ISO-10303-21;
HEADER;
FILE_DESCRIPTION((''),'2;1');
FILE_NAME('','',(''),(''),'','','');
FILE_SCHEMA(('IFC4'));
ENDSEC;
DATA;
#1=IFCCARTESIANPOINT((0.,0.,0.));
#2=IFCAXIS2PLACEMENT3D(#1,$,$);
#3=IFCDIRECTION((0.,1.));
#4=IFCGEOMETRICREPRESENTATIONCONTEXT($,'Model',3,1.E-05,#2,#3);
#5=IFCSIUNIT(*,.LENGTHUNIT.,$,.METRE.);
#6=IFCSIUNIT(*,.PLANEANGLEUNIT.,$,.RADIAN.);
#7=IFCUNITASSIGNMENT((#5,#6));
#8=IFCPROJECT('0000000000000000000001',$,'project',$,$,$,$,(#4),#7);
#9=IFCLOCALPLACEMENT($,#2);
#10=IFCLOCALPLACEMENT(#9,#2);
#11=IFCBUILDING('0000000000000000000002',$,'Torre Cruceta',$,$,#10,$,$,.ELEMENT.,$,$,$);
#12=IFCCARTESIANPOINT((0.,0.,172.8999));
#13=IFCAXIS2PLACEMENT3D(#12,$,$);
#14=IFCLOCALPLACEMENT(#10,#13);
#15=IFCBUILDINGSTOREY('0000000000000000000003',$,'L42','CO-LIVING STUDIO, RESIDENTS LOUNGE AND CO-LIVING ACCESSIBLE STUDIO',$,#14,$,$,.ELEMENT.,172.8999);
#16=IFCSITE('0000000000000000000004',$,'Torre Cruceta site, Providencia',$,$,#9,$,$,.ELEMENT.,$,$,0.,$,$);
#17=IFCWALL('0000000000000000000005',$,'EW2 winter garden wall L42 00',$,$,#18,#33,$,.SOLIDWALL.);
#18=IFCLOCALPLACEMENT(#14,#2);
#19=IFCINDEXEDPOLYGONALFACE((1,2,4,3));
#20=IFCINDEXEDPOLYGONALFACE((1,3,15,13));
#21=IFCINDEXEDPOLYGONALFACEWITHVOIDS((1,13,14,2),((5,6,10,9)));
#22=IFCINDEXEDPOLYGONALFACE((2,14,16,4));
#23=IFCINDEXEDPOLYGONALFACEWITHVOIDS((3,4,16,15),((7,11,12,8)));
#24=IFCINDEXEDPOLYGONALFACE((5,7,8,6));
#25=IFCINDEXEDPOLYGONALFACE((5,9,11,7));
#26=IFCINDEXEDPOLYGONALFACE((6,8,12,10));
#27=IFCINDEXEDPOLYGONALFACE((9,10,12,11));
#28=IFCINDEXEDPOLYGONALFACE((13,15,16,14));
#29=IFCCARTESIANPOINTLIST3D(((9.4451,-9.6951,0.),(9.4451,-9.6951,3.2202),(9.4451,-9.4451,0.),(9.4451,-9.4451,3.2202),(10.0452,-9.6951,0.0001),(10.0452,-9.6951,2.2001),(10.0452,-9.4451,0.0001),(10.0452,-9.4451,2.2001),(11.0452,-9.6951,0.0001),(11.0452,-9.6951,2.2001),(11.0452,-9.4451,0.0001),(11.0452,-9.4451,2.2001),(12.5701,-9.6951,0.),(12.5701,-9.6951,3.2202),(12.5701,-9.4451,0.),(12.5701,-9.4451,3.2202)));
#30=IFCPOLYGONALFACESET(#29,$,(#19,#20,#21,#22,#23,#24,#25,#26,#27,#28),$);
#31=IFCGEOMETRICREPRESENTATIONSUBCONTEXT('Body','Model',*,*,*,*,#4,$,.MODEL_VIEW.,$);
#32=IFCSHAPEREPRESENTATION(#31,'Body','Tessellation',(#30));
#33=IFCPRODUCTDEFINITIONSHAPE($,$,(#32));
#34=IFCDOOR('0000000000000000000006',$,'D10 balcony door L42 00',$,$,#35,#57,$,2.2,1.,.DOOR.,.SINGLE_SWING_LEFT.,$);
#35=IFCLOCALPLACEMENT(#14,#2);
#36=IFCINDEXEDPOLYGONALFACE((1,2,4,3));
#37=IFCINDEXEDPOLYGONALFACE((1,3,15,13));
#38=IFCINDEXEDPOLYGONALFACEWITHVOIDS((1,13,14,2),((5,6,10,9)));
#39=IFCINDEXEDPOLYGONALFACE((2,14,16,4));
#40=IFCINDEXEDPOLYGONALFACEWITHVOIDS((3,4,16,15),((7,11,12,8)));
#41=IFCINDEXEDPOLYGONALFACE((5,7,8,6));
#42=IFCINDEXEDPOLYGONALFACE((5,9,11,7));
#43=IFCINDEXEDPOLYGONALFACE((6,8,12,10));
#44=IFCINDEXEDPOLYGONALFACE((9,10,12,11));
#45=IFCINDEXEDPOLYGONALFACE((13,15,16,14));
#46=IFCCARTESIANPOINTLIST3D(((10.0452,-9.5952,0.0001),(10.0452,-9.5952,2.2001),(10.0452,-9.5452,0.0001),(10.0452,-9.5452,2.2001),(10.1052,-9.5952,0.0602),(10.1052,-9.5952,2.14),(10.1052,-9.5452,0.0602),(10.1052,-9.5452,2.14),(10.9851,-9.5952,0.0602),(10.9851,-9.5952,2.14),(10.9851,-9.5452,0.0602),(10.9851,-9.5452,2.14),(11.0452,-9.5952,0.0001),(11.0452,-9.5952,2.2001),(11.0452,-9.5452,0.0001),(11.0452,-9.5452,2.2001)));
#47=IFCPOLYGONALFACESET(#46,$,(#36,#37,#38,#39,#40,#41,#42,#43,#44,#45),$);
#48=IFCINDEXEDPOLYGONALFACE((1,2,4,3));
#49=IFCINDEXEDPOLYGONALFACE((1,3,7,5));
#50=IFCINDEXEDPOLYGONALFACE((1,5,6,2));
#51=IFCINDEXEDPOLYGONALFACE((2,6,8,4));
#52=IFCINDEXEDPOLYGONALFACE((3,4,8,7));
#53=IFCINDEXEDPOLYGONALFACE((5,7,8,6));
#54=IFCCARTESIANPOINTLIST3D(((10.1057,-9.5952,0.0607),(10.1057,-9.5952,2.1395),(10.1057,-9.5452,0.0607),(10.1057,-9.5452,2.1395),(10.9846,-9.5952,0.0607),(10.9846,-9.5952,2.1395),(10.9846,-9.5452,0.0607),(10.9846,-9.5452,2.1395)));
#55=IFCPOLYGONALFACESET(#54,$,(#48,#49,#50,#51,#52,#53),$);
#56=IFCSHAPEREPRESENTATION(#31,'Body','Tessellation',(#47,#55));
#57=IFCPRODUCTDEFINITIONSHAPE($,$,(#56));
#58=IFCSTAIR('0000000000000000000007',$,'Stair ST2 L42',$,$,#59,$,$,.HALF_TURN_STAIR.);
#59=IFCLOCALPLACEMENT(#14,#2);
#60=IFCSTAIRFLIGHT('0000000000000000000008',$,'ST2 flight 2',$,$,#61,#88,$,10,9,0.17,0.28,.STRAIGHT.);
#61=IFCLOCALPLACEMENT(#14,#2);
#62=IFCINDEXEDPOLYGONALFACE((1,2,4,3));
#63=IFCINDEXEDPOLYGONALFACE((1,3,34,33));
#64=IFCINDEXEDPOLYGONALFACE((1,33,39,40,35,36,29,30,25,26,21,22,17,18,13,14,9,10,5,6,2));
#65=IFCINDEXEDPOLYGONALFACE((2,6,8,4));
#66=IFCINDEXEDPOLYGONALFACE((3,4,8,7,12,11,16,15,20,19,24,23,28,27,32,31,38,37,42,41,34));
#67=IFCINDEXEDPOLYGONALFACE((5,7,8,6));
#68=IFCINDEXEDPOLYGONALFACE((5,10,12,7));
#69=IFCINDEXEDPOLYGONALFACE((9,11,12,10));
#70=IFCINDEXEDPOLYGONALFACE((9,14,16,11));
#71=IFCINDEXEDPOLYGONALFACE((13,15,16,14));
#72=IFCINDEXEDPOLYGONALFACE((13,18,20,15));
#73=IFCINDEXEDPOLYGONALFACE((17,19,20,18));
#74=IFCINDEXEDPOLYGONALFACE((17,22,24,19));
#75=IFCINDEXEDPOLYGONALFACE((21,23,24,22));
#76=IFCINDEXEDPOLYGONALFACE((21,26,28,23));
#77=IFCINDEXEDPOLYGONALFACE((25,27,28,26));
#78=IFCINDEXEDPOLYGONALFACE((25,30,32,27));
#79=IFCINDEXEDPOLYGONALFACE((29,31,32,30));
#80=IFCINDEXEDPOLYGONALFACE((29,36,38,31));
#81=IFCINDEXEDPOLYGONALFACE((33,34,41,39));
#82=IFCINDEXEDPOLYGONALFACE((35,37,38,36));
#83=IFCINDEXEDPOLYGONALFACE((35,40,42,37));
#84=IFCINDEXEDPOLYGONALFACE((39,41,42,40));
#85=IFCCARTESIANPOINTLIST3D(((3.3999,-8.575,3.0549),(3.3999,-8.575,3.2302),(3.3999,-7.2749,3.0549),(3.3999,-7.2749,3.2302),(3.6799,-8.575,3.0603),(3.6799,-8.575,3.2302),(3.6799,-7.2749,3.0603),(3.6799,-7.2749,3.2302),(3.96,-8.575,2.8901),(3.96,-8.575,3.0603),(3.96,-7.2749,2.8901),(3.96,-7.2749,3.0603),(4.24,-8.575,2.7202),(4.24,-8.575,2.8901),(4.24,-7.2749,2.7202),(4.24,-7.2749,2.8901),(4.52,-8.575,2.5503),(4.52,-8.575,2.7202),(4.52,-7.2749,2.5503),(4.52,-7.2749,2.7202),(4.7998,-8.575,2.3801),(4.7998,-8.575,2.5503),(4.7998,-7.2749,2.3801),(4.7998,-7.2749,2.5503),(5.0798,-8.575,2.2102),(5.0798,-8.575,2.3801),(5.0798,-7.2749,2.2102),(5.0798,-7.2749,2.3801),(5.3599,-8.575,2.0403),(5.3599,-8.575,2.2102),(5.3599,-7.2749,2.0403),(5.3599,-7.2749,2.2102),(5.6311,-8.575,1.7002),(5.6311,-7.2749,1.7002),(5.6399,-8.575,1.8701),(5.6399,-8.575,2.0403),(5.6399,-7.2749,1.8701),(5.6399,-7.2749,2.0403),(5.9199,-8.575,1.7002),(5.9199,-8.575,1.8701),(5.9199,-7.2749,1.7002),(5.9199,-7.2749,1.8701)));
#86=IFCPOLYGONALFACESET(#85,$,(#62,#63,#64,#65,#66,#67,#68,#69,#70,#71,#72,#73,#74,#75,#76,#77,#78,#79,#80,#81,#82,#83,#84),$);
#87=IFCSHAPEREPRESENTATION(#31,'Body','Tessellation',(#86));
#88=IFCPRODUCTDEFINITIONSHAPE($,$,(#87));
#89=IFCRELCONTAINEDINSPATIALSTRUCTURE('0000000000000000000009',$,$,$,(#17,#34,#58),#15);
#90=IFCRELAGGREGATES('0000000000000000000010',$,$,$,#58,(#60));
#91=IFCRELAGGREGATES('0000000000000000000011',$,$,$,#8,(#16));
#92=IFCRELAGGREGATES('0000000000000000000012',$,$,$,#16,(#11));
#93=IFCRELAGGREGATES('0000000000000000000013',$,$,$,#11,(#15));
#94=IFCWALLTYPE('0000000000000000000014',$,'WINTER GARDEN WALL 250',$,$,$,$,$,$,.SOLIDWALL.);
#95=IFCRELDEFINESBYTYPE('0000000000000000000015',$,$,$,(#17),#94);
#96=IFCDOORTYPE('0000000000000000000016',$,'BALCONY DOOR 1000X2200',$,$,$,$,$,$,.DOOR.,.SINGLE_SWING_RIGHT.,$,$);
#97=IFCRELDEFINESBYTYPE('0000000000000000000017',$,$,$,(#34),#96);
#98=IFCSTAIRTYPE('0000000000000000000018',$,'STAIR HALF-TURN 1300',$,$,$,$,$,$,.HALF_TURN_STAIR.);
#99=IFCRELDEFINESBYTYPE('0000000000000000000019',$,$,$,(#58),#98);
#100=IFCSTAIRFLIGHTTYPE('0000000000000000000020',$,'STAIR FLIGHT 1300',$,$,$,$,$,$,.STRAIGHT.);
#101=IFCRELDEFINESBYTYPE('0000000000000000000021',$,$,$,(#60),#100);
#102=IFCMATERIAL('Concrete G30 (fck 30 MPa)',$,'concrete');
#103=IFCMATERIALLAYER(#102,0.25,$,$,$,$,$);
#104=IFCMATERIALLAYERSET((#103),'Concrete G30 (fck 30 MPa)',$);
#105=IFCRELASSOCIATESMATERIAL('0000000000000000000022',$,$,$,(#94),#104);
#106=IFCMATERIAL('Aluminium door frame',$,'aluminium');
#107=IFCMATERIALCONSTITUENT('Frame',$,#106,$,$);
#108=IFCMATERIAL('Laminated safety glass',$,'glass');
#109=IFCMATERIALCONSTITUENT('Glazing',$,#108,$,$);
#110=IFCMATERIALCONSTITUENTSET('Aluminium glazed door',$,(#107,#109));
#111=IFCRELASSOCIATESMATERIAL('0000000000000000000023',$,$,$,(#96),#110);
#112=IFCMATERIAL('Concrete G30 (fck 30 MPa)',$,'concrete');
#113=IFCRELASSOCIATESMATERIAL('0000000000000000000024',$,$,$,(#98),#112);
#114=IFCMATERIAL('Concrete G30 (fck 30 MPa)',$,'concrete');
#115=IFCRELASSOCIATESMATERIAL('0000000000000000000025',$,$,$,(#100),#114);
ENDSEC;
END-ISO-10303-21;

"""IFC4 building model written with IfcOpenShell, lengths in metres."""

from ifc_helpers import new_model, si_unit, direction, frame, frame_2d, origin, place, context, subcontext, project, spatial, polyline, rectangle, hollow_rectangle, outline, extrude, material, layer, layer_set, constituent, constituent_set, type_object, element, fill, aggregate, save


model = new_model("IFC4")

# Units and contexts
model_context = context("Model", 3, precision=1e-05, world=origin(), true_north=direction((0.0, 1.0)))
body_context = subcontext(model_context, "Body", "Model", "MODEL_VIEW")
ifc_project = project(units=[si_unit("LENGTHUNIT", "METRE"), si_unit("PLANEANGLEUNIT", "RADIAN")], contexts=[model_context])

# Site, building, storey
site_placement = place(None, origin())
site = spatial("IfcSite", under=ifc_project, at=site_placement, Name="Torre Cruceta site, Providencia", CompositionType="ELEMENT", RefElevation=0.0)
building_placement = place(site_placement, origin())
building = spatial("IfcBuilding", under=site, at=building_placement, Name="Torre Cruceta", CompositionType="ELEMENT")
storey_placement = place(building_placement, frame((0.0, 0.0, 172.8999)))
storey = spatial("IfcBuildingStorey", under=building, at=storey_placement, Name="L42", Description="CO-LIVING STUDIO, RESIDENTS LOUNGE AND CO-LIVING ACCESSIBLE STUDIO", CompositionType="ELEMENT", Elevation=172.8999)

# Wall, opening, door
ifc_material_1 = material(Name="Concrete G30 (fck 30 MPa)", Category="concrete")
ifc_layer_1 = layer(ifc_material_1, 0.25)
ifc_layer_set_1 = layer_set([ifc_layer_1], Name="Concrete G30 (fck 30 MPa)")
wall_type_1 = type_object("IfcWallType", Name="WINTER GARDEN WALL 250", PredefinedType="SOLIDWALL", material=ifc_layer_set_1)
wall_1_placement = place(storey_placement, frame((9.4451, -9.5701, 0.0), z_axis=(0.0, 0.0, 1.0), x_axis=(1.0, 0.0, 0.0)))
wall_1 = element("IfcWall", 1, at=wall_1_placement, inside=storey, type_object=wall_type_1, Name="EW2 winter garden wall L42 00", PredefinedType="SOLIDWALL", context=body_context, shape_type="SweptSolid", body=[
    extrude(rectangle(XDim=3.125, YDim=0.25, at=frame_2d((1.5625, 0.0))), origin(), (0.0, 0.0, 1.0), 3.2202),
])
opening_1_placement = place(wall_1_placement, frame((0.6001, 0.0, 0.0)))
opening_1 = element("IfcOpeningElement", 2, at=opening_1_placement, cuts=wall_1, PredefinedType="OPENING", context=body_context, shape_type="SweptSolid", body=[
    extrude(rectangle(XDim=1.0, YDim=2.2, at=frame_2d((0.5, 1.1001))), frame((0.0, 0.135, 0.0), z_axis=(0.0, -1.0, 0.0), x_axis=(1.0, 0.0, 0.0)), (0.0, 0.0, 1.0), 0.27),
])
ifc_material_2 = material(Name="Aluminium door frame", Category="aluminium")
ifc_constituent_1 = constituent(ifc_material_2, Name="Frame")
ifc_material_3 = material(Name="Laminated safety glass", Category="glass")
ifc_constituent_2 = constituent(ifc_material_3, Name="Glazing")
ifc_constituent_set_1 = constituent_set(constituents=[ifc_constituent_1, ifc_constituent_2], Name="Aluminium glazed door")
door_type_1 = type_object("IfcDoorType", Name="BALCONY DOOR 1000X2200", OperationType="SINGLE_SWING_RIGHT", PredefinedType="DOOR", material=ifc_constituent_set_1)
door_1_placement = place(opening_1_placement, origin())
door_1 = element("IfcDoor", 3, at=door_1_placement, inside=storey, type_object=door_type_1, Name="D10 balcony door L42 00", OperationType="SINGLE_SWING_LEFT", OverallHeight=2.2, OverallWidth=1.0, PredefinedType="DOOR", context=body_context, shape_type="SweptSolid", body=[
    extrude(hollow_rectangle(XDim=1.0, YDim=2.2, WallThickness=0.0601, at=frame_2d((0.5, 1.1001))), frame((0.0, 0.0249, 0.0), z_axis=(0.0, -1.0, 0.0), x_axis=(1.0, 0.0, 0.0)), (0.0, 0.0, 1.0), 0.05),
    extrude(rectangle(XDim=0.8789, YDim=2.0789, at=frame_2d((0.5, 1.1001))), frame((0.0, 0.0249, 0.0), z_axis=(0.0, -1.0, 0.0), x_axis=(1.0, 0.0, 0.0)), (0.0, 0.0, 1.0), 0.05),
])
fill(opening_1, door_1)

# Stair, stair flight
ifc_material_4 = material(Name="Concrete G30 (fck 30 MPa)", Category="concrete")
stair_type = type_object("IfcStairType", Name="STAIR HALF-TURN 1300", PredefinedType="HALF_TURN_STAIR", material=ifc_material_4)
stair_placement = place(storey_placement, origin())
stair = element("IfcStair", 4, at=stair_placement, inside=storey, type_object=stair_type, Name="Stair ST2 L42", PredefinedType="HALF_TURN_STAIR")
ifc_material_5 = material(Name="Concrete G30 (fck 30 MPa)", Category="concrete")
stair_flight_type = type_object("IfcStairFlightType", Name="STAIR FLIGHT 1300", PredefinedType="STRAIGHT", material=ifc_material_5)
stair_flight_placement = place(storey_placement, frame((5.9199, -7.925, 1.7002), z_axis=(0.0, 0.0, 1.0), x_axis=(-1.0, 0.0, 0.0)))
stair_flight = element("IfcStairFlight", 5, at=stair_flight_placement, type_object=stair_flight_type, Name="ST2 flight 2", NumberOfRisers=10, NumberOfTreads=9, PredefinedType="STRAIGHT", RiserHeight=0.17, TreadLength=0.28, context=body_context, shape_type="SweptSolid", body=[
    extrude(outline(polyline([(0.0, 0.0), (0.0, 0.1699), (0.28, 0.1699), (0.28, 0.3401), (0.5601, 0.3401), (0.5601, 0.51), (0.8401, 0.51), (0.8401, 0.6799), (1.1201, 0.6799), (1.1201, 0.8501), (1.3999, 0.8501), (1.3999, 1.02), (1.6799, 1.02), (1.6799, 1.1899), (1.96, 1.1899), (1.96, 1.3601), (2.24, 1.3601), (2.24, 1.53), (2.52, 1.53), (2.52, 1.7), (2.52, 1.3547), (0.2888, 0.0), (0.0, 0.0)])), frame((0.0, 0.6499, 0.0), z_axis=(0.0, -1.0, 0.0), x_axis=(1.0, 0.0, 0.0)), (0.0, 0.0, 1.0), 1.3),
])
aggregate(stair, [stair_flight])

save(model, "model.ifc")
